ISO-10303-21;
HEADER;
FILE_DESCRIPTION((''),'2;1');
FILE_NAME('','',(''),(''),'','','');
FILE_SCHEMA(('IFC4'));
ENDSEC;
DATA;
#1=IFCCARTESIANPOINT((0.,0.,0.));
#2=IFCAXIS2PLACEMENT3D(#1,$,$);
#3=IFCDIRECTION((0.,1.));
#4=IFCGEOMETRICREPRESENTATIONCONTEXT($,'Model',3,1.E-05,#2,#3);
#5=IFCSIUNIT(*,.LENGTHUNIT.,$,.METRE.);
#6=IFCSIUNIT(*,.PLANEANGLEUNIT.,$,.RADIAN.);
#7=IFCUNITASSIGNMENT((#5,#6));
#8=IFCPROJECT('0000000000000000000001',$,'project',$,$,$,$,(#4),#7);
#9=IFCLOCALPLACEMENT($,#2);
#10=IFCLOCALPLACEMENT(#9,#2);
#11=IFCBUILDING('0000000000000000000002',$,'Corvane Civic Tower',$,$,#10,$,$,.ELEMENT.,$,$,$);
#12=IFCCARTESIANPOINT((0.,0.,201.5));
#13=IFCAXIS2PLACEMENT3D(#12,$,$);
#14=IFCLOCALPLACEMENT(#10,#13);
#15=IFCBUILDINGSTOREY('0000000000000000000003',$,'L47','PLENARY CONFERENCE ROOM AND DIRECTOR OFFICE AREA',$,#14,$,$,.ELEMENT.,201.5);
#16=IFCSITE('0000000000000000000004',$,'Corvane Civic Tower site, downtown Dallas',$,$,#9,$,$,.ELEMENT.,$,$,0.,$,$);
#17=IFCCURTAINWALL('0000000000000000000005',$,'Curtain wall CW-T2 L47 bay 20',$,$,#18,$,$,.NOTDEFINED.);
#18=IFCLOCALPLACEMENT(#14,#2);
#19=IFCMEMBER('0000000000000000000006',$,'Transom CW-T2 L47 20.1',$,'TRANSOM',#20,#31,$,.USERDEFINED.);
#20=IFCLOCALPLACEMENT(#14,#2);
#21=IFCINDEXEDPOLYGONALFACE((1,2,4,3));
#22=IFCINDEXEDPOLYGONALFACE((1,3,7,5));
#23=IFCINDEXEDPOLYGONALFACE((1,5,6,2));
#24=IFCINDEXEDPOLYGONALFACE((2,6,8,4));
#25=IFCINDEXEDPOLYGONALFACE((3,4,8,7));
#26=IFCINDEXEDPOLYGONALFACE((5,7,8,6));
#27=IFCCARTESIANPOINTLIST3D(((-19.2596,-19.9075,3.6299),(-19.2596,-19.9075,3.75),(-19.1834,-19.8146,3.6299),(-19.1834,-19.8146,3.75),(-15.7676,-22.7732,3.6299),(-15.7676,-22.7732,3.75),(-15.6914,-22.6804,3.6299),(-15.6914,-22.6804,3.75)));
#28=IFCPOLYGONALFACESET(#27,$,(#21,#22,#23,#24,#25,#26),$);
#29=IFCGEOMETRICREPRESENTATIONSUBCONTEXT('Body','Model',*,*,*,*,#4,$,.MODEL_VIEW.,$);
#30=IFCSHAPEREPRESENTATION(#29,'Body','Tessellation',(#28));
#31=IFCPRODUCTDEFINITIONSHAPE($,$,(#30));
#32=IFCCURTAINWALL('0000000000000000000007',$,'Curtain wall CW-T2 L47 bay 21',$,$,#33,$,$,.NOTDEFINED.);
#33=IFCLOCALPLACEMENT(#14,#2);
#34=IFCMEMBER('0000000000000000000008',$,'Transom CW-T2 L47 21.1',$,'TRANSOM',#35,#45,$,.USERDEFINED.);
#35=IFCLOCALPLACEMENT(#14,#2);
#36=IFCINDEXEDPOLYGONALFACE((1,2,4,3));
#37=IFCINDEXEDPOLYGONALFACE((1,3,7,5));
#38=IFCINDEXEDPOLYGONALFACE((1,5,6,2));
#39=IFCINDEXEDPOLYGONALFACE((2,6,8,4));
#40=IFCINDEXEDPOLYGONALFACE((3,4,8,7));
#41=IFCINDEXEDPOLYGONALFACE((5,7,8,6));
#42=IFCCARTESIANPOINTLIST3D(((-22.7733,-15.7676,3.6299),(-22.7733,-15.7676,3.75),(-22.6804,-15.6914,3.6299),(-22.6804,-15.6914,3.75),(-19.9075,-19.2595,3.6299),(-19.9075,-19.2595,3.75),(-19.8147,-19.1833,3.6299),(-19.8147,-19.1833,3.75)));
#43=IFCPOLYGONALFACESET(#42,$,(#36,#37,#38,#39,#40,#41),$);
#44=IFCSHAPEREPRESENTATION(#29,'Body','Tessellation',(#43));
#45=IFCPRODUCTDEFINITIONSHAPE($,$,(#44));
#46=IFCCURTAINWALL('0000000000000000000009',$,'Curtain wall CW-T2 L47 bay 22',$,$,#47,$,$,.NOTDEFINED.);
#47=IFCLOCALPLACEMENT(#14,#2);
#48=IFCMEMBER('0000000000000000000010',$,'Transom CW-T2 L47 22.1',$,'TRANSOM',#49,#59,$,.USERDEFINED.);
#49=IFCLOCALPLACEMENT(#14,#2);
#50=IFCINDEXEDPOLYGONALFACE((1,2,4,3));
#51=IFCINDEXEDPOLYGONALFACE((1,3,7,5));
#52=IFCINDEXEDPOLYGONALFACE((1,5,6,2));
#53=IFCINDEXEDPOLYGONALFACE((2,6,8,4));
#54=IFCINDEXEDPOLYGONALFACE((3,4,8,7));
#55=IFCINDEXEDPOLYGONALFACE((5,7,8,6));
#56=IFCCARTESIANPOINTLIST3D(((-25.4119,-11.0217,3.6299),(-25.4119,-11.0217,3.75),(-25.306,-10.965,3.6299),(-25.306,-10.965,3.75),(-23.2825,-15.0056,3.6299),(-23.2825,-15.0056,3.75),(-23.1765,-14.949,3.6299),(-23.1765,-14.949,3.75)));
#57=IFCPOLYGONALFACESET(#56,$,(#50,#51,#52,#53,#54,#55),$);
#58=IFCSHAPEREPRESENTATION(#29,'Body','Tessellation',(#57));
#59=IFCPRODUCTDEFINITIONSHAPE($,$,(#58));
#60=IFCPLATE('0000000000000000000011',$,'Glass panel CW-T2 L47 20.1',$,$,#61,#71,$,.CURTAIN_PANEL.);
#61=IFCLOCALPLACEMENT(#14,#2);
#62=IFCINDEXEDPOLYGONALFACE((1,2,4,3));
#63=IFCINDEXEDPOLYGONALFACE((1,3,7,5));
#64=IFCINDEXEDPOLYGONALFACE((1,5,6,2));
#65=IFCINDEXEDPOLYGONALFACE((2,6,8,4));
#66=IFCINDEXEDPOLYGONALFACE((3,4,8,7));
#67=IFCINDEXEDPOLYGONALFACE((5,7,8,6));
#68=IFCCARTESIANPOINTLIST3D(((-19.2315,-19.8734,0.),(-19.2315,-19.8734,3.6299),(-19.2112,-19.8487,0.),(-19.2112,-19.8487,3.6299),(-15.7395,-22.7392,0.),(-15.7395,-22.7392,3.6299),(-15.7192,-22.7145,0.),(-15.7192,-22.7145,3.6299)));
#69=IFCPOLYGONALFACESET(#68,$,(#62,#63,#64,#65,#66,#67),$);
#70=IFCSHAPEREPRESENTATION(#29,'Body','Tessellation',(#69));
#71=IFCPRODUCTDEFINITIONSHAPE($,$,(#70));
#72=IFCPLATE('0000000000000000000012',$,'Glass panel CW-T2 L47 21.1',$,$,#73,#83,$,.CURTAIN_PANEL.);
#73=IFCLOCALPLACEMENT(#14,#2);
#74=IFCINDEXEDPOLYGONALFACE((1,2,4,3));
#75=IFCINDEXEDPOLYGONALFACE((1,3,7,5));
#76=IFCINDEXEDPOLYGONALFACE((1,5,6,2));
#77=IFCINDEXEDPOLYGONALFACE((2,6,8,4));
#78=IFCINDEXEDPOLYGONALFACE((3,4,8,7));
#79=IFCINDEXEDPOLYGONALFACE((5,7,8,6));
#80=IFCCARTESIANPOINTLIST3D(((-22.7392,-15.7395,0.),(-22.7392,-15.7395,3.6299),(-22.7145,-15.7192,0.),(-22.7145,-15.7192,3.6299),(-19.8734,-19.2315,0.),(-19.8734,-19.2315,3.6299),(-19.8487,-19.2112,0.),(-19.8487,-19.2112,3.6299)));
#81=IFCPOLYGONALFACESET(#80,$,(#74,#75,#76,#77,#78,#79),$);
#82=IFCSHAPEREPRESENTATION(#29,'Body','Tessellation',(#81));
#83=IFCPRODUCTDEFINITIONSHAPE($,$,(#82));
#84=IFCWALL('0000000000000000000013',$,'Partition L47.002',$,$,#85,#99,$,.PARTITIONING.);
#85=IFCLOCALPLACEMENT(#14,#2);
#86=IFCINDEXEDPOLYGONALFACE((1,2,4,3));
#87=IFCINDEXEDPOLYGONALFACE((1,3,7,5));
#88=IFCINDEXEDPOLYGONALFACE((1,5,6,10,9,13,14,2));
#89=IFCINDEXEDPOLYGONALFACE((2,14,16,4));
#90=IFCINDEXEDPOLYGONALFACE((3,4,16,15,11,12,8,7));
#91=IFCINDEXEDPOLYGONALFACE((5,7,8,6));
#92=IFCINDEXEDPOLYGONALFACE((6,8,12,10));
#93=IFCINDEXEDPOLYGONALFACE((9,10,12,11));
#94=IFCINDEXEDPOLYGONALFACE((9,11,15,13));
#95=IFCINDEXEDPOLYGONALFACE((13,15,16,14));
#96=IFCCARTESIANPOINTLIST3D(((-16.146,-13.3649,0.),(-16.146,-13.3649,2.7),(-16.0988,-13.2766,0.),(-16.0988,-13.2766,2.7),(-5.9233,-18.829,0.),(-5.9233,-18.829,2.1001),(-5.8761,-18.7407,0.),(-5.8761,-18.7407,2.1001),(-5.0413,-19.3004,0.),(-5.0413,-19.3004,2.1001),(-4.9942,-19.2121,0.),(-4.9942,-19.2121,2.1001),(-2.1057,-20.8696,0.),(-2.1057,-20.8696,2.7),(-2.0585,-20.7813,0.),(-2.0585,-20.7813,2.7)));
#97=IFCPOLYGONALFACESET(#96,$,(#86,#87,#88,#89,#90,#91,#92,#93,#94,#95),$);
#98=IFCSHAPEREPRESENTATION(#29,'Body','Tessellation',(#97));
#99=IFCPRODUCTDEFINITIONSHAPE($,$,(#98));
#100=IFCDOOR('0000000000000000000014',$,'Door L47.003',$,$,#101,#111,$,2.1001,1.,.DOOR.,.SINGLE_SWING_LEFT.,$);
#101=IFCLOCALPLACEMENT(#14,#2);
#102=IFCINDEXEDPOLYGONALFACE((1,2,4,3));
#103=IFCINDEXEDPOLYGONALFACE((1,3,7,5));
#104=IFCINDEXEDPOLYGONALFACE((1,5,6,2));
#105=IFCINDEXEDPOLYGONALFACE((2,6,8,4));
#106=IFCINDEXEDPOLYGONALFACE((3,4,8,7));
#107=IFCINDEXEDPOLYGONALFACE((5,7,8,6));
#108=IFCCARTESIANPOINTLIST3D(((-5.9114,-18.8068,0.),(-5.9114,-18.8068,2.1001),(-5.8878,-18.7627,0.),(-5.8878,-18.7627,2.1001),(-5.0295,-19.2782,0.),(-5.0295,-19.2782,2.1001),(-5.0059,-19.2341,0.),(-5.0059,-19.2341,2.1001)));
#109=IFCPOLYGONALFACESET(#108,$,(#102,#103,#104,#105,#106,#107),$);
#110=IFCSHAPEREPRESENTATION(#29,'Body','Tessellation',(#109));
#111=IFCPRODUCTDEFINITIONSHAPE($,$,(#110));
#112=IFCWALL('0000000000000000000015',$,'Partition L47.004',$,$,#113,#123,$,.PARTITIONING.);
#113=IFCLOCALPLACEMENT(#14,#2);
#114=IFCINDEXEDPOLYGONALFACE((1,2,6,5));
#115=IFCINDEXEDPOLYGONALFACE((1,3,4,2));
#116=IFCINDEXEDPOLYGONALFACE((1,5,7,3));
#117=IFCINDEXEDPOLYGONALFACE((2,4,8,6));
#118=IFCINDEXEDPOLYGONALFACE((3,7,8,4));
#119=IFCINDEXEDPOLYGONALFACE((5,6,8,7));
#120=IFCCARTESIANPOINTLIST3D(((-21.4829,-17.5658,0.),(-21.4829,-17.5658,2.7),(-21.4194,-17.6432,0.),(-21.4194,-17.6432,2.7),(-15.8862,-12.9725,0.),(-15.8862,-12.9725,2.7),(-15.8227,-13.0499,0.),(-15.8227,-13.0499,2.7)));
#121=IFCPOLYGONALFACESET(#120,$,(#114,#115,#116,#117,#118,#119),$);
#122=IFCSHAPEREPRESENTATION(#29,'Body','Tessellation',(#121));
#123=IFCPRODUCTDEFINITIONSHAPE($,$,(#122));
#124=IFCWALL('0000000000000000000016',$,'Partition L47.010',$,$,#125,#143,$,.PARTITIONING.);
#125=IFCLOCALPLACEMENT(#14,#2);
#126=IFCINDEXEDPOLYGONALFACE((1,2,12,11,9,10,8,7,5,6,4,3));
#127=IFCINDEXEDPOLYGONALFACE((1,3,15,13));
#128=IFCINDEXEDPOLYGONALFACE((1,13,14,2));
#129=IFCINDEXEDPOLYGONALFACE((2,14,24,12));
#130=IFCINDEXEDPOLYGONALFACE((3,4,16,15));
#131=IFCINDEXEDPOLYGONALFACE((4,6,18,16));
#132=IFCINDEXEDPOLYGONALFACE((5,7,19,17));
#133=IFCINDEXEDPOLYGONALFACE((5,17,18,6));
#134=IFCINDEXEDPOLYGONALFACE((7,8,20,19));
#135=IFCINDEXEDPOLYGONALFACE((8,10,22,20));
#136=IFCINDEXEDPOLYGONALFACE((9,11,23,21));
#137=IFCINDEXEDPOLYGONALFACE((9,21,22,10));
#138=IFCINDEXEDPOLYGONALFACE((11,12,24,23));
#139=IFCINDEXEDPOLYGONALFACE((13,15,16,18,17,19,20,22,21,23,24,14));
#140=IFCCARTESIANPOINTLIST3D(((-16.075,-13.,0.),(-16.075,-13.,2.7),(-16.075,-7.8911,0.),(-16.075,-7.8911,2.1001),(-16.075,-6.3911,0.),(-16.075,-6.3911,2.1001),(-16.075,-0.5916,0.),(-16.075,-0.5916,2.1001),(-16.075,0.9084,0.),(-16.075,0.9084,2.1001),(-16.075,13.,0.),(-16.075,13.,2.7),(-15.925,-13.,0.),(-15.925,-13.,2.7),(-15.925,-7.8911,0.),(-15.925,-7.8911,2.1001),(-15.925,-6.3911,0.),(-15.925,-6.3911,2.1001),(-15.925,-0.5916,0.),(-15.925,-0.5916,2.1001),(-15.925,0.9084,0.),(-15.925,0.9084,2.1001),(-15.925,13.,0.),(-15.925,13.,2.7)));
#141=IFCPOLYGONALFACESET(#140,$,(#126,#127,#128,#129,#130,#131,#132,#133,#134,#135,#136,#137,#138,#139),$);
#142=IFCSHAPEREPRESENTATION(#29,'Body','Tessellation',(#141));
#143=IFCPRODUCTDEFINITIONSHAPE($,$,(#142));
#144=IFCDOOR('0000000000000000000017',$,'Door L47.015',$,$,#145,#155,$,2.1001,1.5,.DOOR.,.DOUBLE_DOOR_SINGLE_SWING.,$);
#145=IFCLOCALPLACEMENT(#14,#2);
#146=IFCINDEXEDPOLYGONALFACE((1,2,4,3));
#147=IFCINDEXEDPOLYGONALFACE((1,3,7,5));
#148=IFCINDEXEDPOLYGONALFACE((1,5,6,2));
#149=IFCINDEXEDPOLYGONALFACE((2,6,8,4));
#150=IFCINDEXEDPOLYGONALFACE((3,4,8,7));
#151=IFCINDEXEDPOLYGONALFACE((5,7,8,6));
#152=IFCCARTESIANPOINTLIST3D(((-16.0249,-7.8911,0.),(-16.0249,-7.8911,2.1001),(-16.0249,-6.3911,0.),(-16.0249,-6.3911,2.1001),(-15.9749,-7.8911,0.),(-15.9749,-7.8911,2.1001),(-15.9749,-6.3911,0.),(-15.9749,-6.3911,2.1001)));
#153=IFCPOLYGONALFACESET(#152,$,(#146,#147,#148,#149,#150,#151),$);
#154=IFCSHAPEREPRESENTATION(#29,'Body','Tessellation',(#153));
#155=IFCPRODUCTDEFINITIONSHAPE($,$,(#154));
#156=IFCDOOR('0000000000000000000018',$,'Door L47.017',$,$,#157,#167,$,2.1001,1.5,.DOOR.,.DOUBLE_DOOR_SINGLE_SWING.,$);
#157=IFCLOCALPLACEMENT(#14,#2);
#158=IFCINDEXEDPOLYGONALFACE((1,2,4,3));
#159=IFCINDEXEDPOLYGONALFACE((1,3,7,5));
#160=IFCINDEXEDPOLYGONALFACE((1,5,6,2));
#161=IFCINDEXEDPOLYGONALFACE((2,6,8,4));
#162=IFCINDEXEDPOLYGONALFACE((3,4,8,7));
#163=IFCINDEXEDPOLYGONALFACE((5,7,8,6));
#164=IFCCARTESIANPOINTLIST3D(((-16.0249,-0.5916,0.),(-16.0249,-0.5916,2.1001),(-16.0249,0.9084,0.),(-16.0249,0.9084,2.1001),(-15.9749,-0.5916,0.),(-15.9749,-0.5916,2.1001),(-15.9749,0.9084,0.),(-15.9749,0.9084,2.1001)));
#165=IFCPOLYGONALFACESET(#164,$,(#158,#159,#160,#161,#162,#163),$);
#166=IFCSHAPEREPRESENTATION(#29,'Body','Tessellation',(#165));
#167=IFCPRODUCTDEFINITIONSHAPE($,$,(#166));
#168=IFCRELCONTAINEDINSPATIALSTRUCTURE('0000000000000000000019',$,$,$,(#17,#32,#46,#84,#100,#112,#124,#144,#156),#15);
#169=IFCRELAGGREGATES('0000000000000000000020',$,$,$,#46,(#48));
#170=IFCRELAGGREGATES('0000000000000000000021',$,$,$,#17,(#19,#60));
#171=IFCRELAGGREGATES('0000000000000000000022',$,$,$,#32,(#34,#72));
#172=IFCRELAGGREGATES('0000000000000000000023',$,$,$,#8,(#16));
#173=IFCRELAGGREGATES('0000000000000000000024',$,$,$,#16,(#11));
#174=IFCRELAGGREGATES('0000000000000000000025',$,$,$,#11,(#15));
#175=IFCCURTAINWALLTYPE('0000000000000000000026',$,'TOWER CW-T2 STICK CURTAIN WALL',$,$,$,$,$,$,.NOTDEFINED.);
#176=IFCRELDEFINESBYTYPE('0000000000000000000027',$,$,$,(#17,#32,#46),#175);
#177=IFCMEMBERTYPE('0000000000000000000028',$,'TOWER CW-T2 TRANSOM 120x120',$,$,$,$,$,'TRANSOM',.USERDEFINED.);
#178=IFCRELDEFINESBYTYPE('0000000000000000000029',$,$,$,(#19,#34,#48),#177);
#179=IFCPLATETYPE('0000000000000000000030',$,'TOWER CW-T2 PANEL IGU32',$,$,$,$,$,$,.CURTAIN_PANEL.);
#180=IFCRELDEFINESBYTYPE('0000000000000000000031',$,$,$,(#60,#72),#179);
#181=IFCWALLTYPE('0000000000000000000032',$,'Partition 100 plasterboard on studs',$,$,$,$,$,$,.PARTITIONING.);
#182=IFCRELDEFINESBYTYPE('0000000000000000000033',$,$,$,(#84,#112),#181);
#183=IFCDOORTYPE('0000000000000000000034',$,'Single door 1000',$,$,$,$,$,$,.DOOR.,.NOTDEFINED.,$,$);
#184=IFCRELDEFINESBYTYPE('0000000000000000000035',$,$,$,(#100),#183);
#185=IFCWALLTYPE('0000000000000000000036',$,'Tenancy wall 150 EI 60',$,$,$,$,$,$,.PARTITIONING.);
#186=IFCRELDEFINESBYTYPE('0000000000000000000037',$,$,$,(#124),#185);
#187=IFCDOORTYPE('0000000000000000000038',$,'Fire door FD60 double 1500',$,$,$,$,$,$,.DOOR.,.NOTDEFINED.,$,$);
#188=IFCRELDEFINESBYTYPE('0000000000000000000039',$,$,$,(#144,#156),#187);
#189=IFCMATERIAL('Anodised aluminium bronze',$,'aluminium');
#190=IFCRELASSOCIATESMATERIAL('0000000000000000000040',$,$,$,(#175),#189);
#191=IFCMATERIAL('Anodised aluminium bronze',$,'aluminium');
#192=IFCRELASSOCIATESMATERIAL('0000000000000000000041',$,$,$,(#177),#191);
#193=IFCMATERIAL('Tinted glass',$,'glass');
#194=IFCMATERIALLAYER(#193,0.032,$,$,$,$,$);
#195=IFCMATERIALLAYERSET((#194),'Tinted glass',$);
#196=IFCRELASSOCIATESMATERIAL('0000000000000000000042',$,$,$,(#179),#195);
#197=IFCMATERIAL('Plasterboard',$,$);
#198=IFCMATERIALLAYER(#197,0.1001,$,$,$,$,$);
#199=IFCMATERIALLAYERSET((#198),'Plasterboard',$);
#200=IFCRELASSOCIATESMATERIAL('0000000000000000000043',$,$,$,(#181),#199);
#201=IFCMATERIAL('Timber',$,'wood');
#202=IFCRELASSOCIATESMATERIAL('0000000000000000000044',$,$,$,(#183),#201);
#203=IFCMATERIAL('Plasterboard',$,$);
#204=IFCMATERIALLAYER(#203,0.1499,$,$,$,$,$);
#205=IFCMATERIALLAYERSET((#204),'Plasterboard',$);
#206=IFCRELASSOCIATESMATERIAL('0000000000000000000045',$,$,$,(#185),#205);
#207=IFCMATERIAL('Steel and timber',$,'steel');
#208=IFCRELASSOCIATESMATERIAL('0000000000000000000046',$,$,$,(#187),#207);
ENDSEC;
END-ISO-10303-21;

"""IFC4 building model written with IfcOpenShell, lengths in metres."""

from ifc_helpers import new_model, si_unit, direction, frame, frame_2d, origin, origin_2d, place, context, subcontext, project, spatial, rectangle, extrude, material, layer, layer_set, material_profile, profile_set, type_object, element, fill, aggregate, save


model = new_model("IFC4")

# Units and contexts
model_context = context("Model", 3, precision=1e-05, world=origin(), true_north=direction((0.0, 1.0)))
body_context = subcontext(model_context, "Body", "Model", "MODEL_VIEW")
ifc_project = project(units=[si_unit("LENGTHUNIT", "METRE"), si_unit("PLANEANGLEUNIT", "RADIAN")], contexts=[model_context])

# Site, building, storey
site_placement = place(None, origin())
site = spatial("IfcSite", under=ifc_project, at=site_placement, Name="Corvane Civic Tower site, downtown Dallas", CompositionType="ELEMENT", RefElevation=0.0)
building_placement = place(site_placement, origin())
building = spatial("IfcBuilding", under=site, at=building_placement, Name="Corvane Civic Tower", CompositionType="ELEMENT")
storey_placement = place(building_placement, frame((0.0, 0.0, 201.5)))
storey = spatial("IfcBuildingStorey", under=building, at=storey_placement, Name="L47", Description="PLENARY CONFERENCE ROOM AND DIRECTOR OFFICE AREA", CompositionType="ELEMENT", Elevation=201.5)

# Curtain walls, members
ifc_material_1 = material(Name="Anodised aluminium bronze", Category="aluminium")
curtain_wall_type = type_object("IfcCurtainWallType", Name="TOWER CW-T2 STICK CURTAIN WALL", PredefinedType="NOTDEFINED", material=ifc_material_1)
curtain_wall_1_placement = place(storey_placement, origin())
curtain_wall_1 = element("IfcCurtainWall", 1, at=curtain_wall_1_placement, inside=storey, type_object=curtain_wall_type, Name="Curtain wall CW-T2 L47 bay 20", PredefinedType="NOTDEFINED")
ifc_material_2 = material(Name="Anodised aluminium bronze", Category="aluminium")
ifc_material_profile_1 = material_profile(ifc_material_2, rectangle(XDim=0.1201, YDim=0.1201, at=origin_2d()), Name="TOWER CW-T2 TRANSOM 120x120")
ifc_profile_set_1 = profile_set([ifc_material_profile_1], Name="Anodised aluminium bronze")
member_type = type_object("IfcMemberType", Name="TOWER CW-T2 TRANSOM 120x120", ElementType="TRANSOM", PredefinedType="USERDEFINED", material=ifc_profile_set_1)
member_1_placement = place(storey_placement, frame((-15.7295, -22.7268, 3.6899), z_axis=(-0.773015, 0.634388, 0.0), x_axis=(-0.634388, -0.773015, 0.0)))
member_1 = element("IfcMember", 2, at=member_1_placement, type_object=member_type, Name="Transom CW-T2 L47 20.1", ObjectType="TRANSOM", PredefinedType="USERDEFINED", context=body_context, shape_type="SweptSolid", body=[
    extrude(rectangle(XDim=0.1201, YDim=0.1201, at=origin_2d()), origin(), (0.0, 0.0, 1.0), 4.5173),
])
curtain_wall_2_placement = place(storey_placement, origin())
curtain_wall_2 = element("IfcCurtainWall", 3, at=curtain_wall_2_placement, inside=storey, type_object=curtain_wall_type, Name="Curtain wall CW-T2 L47 bay 21", PredefinedType="NOTDEFINED")
member_2_placement = place(storey_placement, frame((-19.8611, -19.2214, 3.6899), z_axis=(-0.634388, 0.773015, 0.0), x_axis=(-0.773015, -0.634388, 0.0)))
member_2 = element("IfcMember", 4, at=member_2_placement, type_object=member_type, Name="Transom CW-T2 L47 21.1", ObjectType="TRANSOM", PredefinedType="USERDEFINED", context=body_context, shape_type="SweptSolid", body=[
    extrude(rectangle(XDim=0.1201, YDim=0.1201, at=origin_2d()), origin(), (0.0, 0.0, 1.0), 4.5173),
])
curtain_wall_3_placement = place(storey_placement, origin())
curtain_wall_3 = element("IfcCurtainWall", 5, at=curtain_wall_3_placement, inside=storey, type_object=curtain_wall_type, Name="Curtain wall CW-T2 L47 bay 22", PredefinedType="NOTDEFINED")
member_3_placement = place(storey_placement, frame((-23.2295, -14.9773, 3.6899), z_axis=(-0.47139, 0.881925, 0.0), x_axis=(-0.881925, -0.47139, 0.0)))
member_3 = element("IfcMember", 6, at=member_3_placement, type_object=member_type, Name="Transom CW-T2 L47 22.1", ObjectType="TRANSOM", PredefinedType="USERDEFINED", context=body_context, shape_type="SweptSolid", body=[
    extrude(rectangle(XDim=0.1201, YDim=0.1201, at=origin_2d()), origin(), (0.0, 0.0, 1.0), 4.5173),
])
aggregate(curtain_wall_3, [member_3])

# Plates
ifc_material_3 = material(Name="Tinted glass", Category="glass")
ifc_layer_1 = layer(ifc_material_3, 0.032)
ifc_layer_set_1 = layer_set([ifc_layer_1], Name="Tinted glass")
plate_type = type_object("IfcPlateType", Name="TOWER CW-T2 PANEL IGU32", PredefinedType="CURTAIN_PANEL", material=ifc_layer_set_1)
plate_1_placement = place(storey_placement, frame((-17.4753, -21.2939, 0.0), z_axis=(0.0, 0.0, 1.0), x_axis=(-0.773012, 0.634391, 0.0)))
plate_1 = element("IfcPlate", 7, at=plate_1_placement, type_object=plate_type, Name="Glass panel CW-T2 L47 20.1", PredefinedType="CURTAIN_PANEL", context=body_context, shape_type="SweptSolid", body=[
    extrude(rectangle(XDim=4.5173, YDim=0.032, at=origin_2d()), origin(), (0.0, 0.0, 1.0), 3.6299),
])
aggregate(curtain_wall_1, [member_1, plate_1])
plate_2_placement = place(storey_placement, frame((-21.2939, -17.4753, 0.0), z_axis=(0.0, 0.0, 1.0), x_axis=(-0.634391, 0.773012, 0.0)))
plate_2 = element("IfcPlate", 8, at=plate_2_placement, type_object=plate_type, Name="Glass panel CW-T2 L47 21.1", PredefinedType="CURTAIN_PANEL", context=body_context, shape_type="SweptSolid", body=[
    extrude(rectangle(XDim=4.5173, YDim=0.032, at=origin_2d()), origin(), (0.0, 0.0, 1.0), 3.6299),
])
aggregate(curtain_wall_2, [member_2, plate_2])

# Wall, opening, door
ifc_material_4 = material(Name="Plasterboard")
ifc_layer_2 = layer(ifc_material_4, 0.1001)
ifc_layer_set_2 = layer_set([ifc_layer_2], Name="Plasterboard")
wall_type_1 = type_object("IfcWallType", Name="Partition 100 plasterboard on studs", PredefinedType="PARTITIONING", material=ifc_layer_set_2)
wall_1_placement = place(storey_placement, frame((-16.1223, -13.3208, 0.0), z_axis=(0.0, 0.0, 1.0), x_axis=(0.881923, -0.471394, 0.0)))
wall_1 = element("IfcWall", 9, at=wall_1_placement, inside=storey, type_object=wall_type_1, Name="Partition L47.002", PredefinedType="PARTITIONING", context=body_context, shape_type="SweptSolid", body=[
    extrude(rectangle(XDim=15.9202, YDim=0.1001, at=frame_2d((7.96, 0.0))), origin(), (0.0, 0.0, 1.0), 2.7),
])
opening_1_placement = place(wall_1_placement, frame((11.5913, 0.0, 0.0)))
opening_1 = element("IfcOpeningElement", 10, at=opening_1_placement, cuts=wall_1, PredefinedType="OPENING", context=body_context, shape_type="SweptSolid", body=[
    extrude(rectangle(XDim=1.0, YDim=2.1001, at=frame_2d((0.5, 1.05))), frame((0.0, 0.0601, 0.0), z_axis=(0.0, -1.0, 0.0), x_axis=(1.0, 0.0, 0.0)), (0.0, 0.0, 1.0), 0.1201),
])
ifc_material_5 = material(Name="Timber", Category="wood")
door_type_1 = type_object("IfcDoorType", Name="Single door 1000", OperationType="NOTDEFINED", PredefinedType="DOOR", material=ifc_material_5)
door_1_placement = place(opening_1_placement, frame((1.0, 0.0, 0.0), z_axis=(0.0, 0.0, 1.0), x_axis=(-1.0, 0.0, 0.0)))
door_1 = element("IfcDoor", 11, at=door_1_placement, inside=storey, type_object=door_type_1, Name="Door L47.003", OperationType="SINGLE_SWING_LEFT", OverallHeight=2.1001, OverallWidth=1.0, PredefinedType="DOOR", context=body_context, shape_type="SweptSolid", body=[
    extrude(rectangle(XDim=1.0, YDim=2.1001, at=frame_2d((0.5, 1.05))), frame((0.0, 0.0249, 0.0), z_axis=(0.0, -1.0, 0.0), x_axis=(1.0, 0.0, 0.0)), (0.0, 0.0, 1.0), 0.05),
])
fill(opening_1, door_1)

# Wall
wall_2_placement = place(storey_placement, frame((-21.4512, -17.6045, 0.0), z_axis=(0.0, 0.0, 1.0), x_axis=(0.772998, 0.634409, 0.0)))
element("IfcWall", 12, at=wall_2_placement, inside=storey, type_object=wall_type_1, Name="Partition L47.004", PredefinedType="PARTITIONING", context=body_context, shape_type="SweptSolid", body=[
    extrude(rectangle(XDim=7.2402, YDim=0.1001, at=frame_2d((3.6201, 0.0))), origin(), (0.0, 0.0, 1.0), 2.7),
])

# Wall, openings, doors
ifc_material_6 = material(Name="Plasterboard")
ifc_layer_3 = layer(ifc_material_6, 0.1499)
ifc_layer_set_3 = layer_set([ifc_layer_3], Name="Plasterboard")
wall_type_2 = type_object("IfcWallType", Name="Tenancy wall 150 EI 60", PredefinedType="PARTITIONING", material=ifc_layer_set_3)
wall_3_placement = place(storey_placement, frame((-16.0, -13.0, 0.0), z_axis=(0.0, 0.0, 1.0), x_axis=(0.0, 1.0, 0.0)))
wall_3 = element("IfcWall", 13, at=wall_3_placement, inside=storey, type_object=wall_type_2, Name="Partition L47.010", PredefinedType="PARTITIONING", context=body_context, shape_type="SweptSolid", body=[
    extrude(rectangle(XDim=26.0, YDim=0.1499, at=frame_2d((13.0, 0.0))), origin(), (0.0, 0.0, 1.0), 2.7),
])
opening_2_placement = place(wall_3_placement, frame((5.1089, 0.0, 0.0)))
opening_2 = element("IfcOpeningElement", 14, at=opening_2_placement, cuts=wall_3, PredefinedType="OPENING", context=body_context, shape_type="SweptSolid", body=[
    extrude(rectangle(XDim=1.5, YDim=2.1001, at=frame_2d((0.75, 1.05))), frame((0.0, 0.085, 0.0), z_axis=(0.0, -1.0, 0.0), x_axis=(1.0, 0.0, 0.0)), (0.0, 0.0, 1.0), 0.1699),
])
opening_3_placement = place(wall_3_placement, frame((12.4084, 0.0, 0.0)))
opening_3 = element("IfcOpeningElement", 15, at=opening_3_placement, cuts=wall_3, PredefinedType="OPENING", context=body_context, shape_type="SweptSolid", body=[
    extrude(rectangle(XDim=1.5, YDim=2.1001, at=frame_2d((0.75, 1.05))), frame((0.0, 0.085, 0.0), z_axis=(0.0, -1.0, 0.0), x_axis=(1.0, 0.0, 0.0)), (0.0, 0.0, 1.0), 0.1699),
])
ifc_material_7 = material(Name="Steel and timber", Category="steel")
door_type_2 = type_object("IfcDoorType", Name="Fire door FD60 double 1500", OperationType="NOTDEFINED", PredefinedType="DOOR", material=ifc_material_7)
door_2_placement = place(opening_2_placement, origin())
door_2 = element("IfcDoor", 16, at=door_2_placement, inside=storey, type_object=door_type_2, Name="Door L47.015", OperationType="DOUBLE_DOOR_SINGLE_SWING", OverallHeight=2.1001, OverallWidth=1.5, PredefinedType="DOOR", context=body_context, shape_type="SweptSolid", body=[
    extrude(rectangle(XDim=1.5, YDim=2.1001, at=frame_2d((0.75, 1.05))), frame((0.0, 0.0249, 0.0), z_axis=(0.0, -1.0, 0.0), x_axis=(1.0, 0.0, 0.0)), (0.0, 0.0, 1.0), 0.05),
])
fill(opening_2, door_2)
door_3_placement = place(opening_3_placement, origin())
door_3 = element("IfcDoor", 17, at=door_3_placement, inside=storey, type_object=door_type_2, Name="Door L47.017", OperationType="DOUBLE_DOOR_SINGLE_SWING", OverallHeight=2.1001, OverallWidth=1.5, PredefinedType="DOOR", context=body_context, shape_type="SweptSolid", body=[
    extrude(rectangle(XDim=1.5, YDim=2.1001, at=frame_2d((0.75, 1.05))), frame((0.0, 0.0249, 0.0), z_axis=(0.0, -1.0, 0.0), x_axis=(1.0, 0.0, 0.0)), (0.0, 0.0, 1.0), 0.05),
])
fill(opening_3, door_3)

save(model, "model.ifc")
